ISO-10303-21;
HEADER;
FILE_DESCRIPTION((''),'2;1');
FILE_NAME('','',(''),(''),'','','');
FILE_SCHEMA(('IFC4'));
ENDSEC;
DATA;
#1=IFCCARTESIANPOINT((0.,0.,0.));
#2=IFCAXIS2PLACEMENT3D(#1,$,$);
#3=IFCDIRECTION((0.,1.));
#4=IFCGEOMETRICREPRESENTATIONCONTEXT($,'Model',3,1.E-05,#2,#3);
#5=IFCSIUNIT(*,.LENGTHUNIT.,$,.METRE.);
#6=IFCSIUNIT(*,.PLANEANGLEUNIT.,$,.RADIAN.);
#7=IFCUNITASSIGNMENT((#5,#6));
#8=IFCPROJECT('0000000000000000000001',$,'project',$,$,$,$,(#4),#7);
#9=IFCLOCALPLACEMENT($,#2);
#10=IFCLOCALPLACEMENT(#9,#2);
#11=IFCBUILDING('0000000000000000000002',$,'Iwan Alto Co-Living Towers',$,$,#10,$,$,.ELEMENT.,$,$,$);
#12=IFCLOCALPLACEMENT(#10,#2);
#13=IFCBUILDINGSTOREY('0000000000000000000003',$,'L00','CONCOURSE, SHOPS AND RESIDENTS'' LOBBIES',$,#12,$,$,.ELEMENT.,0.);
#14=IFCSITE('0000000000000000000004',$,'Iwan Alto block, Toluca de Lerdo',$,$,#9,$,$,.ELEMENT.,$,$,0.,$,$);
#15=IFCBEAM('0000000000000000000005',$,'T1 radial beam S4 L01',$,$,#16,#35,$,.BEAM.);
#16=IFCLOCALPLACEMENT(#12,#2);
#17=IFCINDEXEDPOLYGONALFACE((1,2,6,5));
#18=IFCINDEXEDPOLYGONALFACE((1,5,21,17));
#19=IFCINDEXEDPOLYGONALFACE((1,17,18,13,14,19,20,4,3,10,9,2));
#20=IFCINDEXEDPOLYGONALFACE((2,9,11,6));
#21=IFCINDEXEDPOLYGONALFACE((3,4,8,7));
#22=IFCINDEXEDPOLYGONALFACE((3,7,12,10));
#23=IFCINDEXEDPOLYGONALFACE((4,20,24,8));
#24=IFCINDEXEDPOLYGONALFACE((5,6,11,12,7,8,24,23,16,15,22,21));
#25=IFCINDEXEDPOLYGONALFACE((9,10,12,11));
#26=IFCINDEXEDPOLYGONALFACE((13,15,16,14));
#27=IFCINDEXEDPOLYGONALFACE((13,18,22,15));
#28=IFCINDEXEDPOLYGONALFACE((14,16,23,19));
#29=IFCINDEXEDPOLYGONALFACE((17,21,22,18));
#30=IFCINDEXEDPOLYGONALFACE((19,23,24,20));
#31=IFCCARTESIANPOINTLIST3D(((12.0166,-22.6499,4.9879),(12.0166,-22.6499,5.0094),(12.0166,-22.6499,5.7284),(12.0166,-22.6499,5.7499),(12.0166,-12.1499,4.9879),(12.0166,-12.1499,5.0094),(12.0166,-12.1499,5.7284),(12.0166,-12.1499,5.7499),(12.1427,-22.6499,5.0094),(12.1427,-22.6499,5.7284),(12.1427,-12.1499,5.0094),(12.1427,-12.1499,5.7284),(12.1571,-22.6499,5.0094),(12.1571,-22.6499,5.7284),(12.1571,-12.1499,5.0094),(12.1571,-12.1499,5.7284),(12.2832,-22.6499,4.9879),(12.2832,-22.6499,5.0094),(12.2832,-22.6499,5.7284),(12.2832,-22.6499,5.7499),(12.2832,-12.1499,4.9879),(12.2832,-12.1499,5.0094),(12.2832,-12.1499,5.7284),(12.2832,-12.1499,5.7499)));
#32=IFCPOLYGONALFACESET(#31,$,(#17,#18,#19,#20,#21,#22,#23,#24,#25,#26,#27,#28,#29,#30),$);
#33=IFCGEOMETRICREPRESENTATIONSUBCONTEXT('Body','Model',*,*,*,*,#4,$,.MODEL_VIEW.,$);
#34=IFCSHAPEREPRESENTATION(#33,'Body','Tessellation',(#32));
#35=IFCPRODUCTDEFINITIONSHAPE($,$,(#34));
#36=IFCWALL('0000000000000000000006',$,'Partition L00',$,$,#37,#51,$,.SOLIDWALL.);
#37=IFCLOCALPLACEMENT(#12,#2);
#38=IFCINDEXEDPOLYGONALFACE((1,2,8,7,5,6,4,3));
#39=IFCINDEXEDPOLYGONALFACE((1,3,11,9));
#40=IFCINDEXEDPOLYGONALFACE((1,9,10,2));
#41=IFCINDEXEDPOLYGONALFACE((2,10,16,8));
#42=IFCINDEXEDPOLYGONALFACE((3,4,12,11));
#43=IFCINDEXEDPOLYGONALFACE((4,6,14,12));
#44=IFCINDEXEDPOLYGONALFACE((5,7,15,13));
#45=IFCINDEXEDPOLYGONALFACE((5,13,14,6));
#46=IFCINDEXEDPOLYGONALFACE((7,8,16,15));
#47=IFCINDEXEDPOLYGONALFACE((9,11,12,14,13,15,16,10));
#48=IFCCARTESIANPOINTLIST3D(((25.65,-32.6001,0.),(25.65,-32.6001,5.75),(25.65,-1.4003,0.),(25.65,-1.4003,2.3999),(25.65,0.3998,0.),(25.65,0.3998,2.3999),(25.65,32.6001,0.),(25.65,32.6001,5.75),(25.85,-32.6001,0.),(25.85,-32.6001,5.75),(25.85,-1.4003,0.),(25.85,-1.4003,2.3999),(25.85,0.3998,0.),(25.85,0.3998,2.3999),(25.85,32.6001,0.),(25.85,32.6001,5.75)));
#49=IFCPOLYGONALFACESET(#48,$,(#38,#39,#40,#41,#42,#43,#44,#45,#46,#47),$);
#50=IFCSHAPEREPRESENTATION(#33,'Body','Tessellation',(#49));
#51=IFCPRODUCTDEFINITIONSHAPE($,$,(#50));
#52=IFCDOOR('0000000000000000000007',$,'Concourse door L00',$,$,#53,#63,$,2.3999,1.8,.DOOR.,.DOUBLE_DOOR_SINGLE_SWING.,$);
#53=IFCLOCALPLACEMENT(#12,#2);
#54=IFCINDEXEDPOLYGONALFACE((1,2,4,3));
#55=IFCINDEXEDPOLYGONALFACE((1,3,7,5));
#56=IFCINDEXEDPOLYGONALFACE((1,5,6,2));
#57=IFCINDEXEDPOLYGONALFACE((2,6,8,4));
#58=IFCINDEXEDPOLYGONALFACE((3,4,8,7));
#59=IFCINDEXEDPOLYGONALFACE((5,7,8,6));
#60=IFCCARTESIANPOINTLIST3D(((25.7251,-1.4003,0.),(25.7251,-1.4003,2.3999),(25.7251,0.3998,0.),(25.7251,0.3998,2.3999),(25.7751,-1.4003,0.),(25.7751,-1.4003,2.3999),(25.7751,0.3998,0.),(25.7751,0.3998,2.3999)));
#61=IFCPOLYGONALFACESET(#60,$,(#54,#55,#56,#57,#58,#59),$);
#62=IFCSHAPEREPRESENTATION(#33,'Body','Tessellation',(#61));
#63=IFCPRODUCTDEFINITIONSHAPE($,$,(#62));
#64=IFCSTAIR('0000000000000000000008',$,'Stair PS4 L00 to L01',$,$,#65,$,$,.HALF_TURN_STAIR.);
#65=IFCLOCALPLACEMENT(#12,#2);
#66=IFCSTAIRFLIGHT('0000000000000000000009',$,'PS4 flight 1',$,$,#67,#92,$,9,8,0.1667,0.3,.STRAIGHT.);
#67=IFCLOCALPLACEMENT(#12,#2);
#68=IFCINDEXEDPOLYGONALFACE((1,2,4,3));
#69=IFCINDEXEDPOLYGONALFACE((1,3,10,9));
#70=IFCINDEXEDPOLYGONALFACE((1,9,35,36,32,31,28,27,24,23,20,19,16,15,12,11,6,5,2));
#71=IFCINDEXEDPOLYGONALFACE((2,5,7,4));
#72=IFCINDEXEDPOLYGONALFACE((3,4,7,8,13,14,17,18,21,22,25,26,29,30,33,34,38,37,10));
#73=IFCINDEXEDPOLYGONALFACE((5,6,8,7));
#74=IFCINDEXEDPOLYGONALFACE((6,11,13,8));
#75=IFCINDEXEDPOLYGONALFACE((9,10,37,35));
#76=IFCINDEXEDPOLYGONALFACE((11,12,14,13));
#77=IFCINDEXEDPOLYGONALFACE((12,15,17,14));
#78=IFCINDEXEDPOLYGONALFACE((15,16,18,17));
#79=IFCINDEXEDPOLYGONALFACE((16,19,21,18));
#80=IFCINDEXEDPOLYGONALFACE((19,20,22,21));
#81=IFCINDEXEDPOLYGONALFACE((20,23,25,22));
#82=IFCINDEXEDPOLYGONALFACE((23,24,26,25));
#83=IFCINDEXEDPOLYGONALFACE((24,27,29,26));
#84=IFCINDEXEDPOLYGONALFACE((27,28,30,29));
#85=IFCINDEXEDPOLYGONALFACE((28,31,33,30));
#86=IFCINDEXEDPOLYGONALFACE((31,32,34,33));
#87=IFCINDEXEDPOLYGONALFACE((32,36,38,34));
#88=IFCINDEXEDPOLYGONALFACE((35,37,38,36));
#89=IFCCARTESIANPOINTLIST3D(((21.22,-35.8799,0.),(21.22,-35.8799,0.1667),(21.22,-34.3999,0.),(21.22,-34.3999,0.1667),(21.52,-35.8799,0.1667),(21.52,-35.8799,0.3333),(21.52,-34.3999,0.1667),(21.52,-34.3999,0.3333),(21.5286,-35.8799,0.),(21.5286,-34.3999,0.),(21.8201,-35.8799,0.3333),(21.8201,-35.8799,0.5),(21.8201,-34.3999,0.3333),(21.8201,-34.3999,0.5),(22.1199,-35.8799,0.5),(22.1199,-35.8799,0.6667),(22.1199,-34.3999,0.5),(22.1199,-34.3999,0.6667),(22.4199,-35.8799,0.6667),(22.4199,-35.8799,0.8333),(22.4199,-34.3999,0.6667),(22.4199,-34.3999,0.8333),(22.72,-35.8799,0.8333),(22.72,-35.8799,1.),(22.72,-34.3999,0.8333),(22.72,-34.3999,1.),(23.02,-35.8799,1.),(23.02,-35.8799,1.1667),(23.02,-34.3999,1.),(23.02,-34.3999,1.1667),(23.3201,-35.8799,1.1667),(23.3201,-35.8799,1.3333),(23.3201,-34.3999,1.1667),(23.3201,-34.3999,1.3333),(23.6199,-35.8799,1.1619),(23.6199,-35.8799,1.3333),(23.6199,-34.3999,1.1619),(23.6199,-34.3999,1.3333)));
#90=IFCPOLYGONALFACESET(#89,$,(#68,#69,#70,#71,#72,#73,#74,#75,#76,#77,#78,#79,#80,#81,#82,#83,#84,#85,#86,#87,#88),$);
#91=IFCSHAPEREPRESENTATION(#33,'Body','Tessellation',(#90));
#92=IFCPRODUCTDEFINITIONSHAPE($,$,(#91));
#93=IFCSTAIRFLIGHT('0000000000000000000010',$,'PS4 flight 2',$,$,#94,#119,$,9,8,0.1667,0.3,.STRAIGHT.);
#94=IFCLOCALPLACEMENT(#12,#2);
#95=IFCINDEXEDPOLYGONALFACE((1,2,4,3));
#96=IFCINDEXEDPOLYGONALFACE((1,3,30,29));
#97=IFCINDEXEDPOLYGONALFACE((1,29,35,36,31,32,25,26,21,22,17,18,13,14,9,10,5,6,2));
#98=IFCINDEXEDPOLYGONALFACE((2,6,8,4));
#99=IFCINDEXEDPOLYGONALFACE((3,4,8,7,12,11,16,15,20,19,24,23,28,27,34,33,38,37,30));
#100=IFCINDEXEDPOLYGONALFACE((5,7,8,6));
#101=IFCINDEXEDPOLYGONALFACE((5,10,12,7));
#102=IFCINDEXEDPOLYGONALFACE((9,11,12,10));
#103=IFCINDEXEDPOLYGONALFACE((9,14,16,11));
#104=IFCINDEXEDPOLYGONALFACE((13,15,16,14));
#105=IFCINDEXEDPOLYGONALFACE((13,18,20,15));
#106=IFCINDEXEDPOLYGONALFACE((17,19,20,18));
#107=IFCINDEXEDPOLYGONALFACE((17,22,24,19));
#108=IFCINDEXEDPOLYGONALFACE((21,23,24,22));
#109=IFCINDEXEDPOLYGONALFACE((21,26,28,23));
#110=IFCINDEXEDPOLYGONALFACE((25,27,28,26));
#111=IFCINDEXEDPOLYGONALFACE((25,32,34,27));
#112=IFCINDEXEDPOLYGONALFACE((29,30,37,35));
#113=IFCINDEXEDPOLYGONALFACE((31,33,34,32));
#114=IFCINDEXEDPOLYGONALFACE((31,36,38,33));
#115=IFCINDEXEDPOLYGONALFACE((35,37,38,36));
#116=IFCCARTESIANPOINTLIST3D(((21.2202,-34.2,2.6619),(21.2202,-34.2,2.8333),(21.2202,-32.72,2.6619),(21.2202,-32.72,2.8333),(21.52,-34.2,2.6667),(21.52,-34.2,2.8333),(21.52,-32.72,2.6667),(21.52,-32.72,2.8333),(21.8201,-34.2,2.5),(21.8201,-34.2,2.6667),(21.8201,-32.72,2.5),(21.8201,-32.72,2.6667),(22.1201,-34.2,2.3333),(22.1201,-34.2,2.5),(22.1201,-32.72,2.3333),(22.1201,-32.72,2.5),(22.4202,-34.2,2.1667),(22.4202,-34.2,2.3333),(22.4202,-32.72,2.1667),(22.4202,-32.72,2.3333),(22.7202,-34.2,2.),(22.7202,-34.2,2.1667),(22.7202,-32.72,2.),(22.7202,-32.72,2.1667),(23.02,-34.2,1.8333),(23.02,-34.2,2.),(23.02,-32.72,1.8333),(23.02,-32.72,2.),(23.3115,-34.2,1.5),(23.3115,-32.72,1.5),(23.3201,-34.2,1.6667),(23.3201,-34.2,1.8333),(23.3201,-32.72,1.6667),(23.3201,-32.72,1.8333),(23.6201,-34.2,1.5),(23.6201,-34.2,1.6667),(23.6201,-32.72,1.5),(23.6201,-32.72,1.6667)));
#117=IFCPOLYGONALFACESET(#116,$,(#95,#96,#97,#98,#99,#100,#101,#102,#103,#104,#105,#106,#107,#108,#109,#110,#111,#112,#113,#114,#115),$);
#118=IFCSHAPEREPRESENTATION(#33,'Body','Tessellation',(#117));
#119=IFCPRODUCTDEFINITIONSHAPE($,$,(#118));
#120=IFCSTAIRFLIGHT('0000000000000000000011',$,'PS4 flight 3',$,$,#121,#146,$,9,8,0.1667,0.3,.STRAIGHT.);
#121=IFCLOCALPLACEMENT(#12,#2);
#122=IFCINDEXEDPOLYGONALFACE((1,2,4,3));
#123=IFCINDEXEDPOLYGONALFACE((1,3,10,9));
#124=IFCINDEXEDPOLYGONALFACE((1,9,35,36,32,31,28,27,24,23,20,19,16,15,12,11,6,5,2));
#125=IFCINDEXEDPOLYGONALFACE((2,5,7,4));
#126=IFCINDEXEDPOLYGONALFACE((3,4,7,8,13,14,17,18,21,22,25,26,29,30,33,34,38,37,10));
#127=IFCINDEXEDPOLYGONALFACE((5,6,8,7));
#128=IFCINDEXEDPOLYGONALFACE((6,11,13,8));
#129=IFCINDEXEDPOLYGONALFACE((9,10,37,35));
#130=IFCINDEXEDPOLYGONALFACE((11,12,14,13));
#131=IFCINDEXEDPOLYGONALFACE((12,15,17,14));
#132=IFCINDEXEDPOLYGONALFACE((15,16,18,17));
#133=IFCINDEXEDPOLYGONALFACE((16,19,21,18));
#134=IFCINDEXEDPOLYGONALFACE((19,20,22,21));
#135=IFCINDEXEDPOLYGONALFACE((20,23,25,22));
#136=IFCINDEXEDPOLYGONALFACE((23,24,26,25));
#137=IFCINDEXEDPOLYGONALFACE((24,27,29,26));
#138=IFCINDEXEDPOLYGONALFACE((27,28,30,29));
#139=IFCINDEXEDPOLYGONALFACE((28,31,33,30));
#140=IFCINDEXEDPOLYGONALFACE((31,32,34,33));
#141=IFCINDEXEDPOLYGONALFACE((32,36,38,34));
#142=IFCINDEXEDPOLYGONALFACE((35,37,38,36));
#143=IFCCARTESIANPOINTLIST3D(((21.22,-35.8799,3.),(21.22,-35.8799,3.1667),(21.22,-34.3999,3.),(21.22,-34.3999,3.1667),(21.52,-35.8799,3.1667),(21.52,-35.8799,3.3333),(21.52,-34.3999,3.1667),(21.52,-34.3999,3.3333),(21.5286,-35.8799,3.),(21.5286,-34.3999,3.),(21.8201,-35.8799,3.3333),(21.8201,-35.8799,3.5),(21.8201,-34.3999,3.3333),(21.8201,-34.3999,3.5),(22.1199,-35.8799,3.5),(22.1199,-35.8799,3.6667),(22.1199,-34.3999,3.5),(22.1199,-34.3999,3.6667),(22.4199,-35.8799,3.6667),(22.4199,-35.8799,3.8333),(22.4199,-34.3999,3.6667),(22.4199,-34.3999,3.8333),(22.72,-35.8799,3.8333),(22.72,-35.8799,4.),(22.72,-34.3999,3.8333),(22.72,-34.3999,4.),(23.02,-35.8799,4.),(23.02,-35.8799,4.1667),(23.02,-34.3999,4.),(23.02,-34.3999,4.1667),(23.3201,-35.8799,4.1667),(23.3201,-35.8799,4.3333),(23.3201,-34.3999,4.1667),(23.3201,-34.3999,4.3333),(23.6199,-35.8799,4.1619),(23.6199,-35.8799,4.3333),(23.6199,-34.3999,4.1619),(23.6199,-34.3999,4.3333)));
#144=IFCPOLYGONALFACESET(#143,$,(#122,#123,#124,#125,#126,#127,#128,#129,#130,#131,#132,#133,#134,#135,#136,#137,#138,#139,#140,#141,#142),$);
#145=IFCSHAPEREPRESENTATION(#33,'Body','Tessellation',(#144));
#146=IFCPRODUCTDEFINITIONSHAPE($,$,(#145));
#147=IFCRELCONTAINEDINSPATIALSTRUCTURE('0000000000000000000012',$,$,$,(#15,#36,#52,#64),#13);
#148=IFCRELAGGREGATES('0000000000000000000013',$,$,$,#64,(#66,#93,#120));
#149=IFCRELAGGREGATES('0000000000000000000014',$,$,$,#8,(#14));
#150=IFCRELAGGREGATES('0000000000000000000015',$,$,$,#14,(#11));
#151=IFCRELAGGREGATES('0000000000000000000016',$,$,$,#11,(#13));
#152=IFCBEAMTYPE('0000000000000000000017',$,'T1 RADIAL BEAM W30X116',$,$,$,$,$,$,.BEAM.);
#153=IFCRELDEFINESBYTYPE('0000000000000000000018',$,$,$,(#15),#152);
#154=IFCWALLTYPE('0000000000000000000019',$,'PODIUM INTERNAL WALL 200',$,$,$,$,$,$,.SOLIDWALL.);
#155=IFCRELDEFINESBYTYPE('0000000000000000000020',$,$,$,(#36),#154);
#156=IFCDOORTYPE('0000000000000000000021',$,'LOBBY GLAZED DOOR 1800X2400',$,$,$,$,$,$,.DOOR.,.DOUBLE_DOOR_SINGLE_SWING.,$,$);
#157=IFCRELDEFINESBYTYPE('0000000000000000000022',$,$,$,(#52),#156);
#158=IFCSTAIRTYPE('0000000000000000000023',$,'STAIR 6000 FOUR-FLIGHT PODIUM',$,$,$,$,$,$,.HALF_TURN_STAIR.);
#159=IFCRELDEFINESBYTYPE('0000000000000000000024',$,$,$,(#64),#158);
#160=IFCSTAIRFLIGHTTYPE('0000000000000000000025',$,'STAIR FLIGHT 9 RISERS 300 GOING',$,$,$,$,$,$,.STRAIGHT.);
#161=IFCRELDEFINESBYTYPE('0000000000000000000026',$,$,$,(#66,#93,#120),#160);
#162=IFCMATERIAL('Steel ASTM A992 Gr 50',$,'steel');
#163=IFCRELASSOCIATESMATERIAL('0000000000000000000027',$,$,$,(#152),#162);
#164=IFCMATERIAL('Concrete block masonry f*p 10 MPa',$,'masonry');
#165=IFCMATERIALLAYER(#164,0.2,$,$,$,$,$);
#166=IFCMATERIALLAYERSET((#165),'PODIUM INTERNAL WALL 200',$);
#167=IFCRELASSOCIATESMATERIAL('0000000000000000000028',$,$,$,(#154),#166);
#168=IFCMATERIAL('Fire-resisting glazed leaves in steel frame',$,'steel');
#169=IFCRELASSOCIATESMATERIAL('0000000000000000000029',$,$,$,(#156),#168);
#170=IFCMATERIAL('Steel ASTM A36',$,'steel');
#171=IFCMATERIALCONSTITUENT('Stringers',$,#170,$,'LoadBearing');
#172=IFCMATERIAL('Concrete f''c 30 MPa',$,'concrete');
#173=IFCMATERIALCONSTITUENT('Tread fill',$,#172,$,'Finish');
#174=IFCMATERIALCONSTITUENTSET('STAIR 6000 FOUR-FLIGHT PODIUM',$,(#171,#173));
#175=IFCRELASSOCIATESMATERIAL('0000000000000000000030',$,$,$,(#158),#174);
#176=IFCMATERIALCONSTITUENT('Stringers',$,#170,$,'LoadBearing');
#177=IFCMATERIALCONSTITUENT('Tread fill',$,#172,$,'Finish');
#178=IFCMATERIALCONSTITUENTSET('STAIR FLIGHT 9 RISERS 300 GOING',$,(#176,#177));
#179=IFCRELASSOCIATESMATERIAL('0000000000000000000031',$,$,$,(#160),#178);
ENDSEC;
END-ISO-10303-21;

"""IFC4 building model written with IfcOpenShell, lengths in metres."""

from ifc_helpers import new_model, si_unit, direction, frame, frame_2d, origin, origin_2d, place, context, subcontext, project, spatial, polyline, rectangle, i_section, outline, extrude, material, layer, layer_set, constituent, constituent_set, material_profile, profile_set, type_object, element, fill, aggregate, save


model = new_model("IFC4")

# Units and contexts
model_context = context("Model", 3, precision=1e-05, world=origin(), true_north=direction((0.0, 1.0)))
body_context = subcontext(model_context, "Body", "Model", "MODEL_VIEW")
ifc_project = project(units=[si_unit("LENGTHUNIT", "METRE"), si_unit("PLANEANGLEUNIT", "RADIAN")], contexts=[model_context])

# Site, building, storey
site_placement = place(None, origin())
site = spatial("IfcSite", under=ifc_project, at=site_placement, Name="Iwan Alto block, Toluca de Lerdo", CompositionType="ELEMENT", RefElevation=0.0)
building_placement = place(site_placement, origin())
building = spatial("IfcBuilding", under=site, at=building_placement, Name="Iwan Alto Co-Living Towers", CompositionType="ELEMENT")
storey_placement = place(building_placement, origin())
storey = spatial("IfcBuildingStorey", under=building, at=storey_placement, Name="L00", Description="CONCOURSE, SHOPS AND RESIDENTS' LOBBIES", CompositionType="ELEMENT", Elevation=0.0)

# Beam
ifc_material_1 = material(Name="Steel ASTM A992 Gr 50", Category="steel")
ifc_material_profile_1 = material_profile(ifc_material_1, i_section(OverallWidth=0.2666, OverallDepth=0.762, WebThickness=0.0144, FlangeThickness=0.0215, at=origin_2d()), Name="W30X116")
ifc_profile_set_1 = profile_set([ifc_material_profile_1], Name="Steel ASTM A992 Gr 50")
beam_type_1 = type_object("IfcBeamType", Name="T1 RADIAL BEAM W30X116", PredefinedType="BEAM", material=ifc_profile_set_1)
beam_1_placement = place(storey_placement, frame((12.1499, -22.6499, 5.3689), z_axis=(0.0, 1.0, 0.0), x_axis=(-1.0, 0.0, 0.0)))
element("IfcBeam", 1, at=beam_1_placement, inside=storey, type_object=beam_type_1, Name="T1 radial beam S4 L01", PredefinedType="BEAM", context=body_context, shape_type="SweptSolid", body=[
    extrude(i_section(OverallWidth=0.2666, OverallDepth=0.762, WebThickness=0.0144, FlangeThickness=0.0215, at=origin_2d()), origin(), (0.0, 0.0, 1.0), 10.5),
])

# Wall, opening, door
ifc_material_2 = material(Name="Concrete block masonry f*p 10 MPa", Category="masonry")
ifc_layer = layer(ifc_material_2, 0.2)
ifc_layer_set = layer_set([ifc_layer], Name="PODIUM INTERNAL WALL 200")
wall_type = type_object("IfcWallType", Name="PODIUM INTERNAL WALL 200", PredefinedType="SOLIDWALL", material=ifc_layer_set)
wall_placement = place(storey_placement, frame((25.75, -32.6001, 0.0), z_axis=(0.0, 0.0, 1.0), x_axis=(0.0, 1.0, 0.0)))
wall = element("IfcWall", 2, at=wall_placement, inside=storey, type_object=wall_type, Name="Partition L00", PredefinedType="SOLIDWALL", context=body_context, shape_type="SweptSolid", body=[
    extrude(rectangle(XDim=65.2002, YDim=0.2, at=frame_2d((32.6001, 0.0))), origin(), (0.0, 0.0, 1.0), 5.75),
])
opening_placement = place(wall_placement, frame((31.2, 0.0, 0.0)))
opening = element("IfcOpeningElement", 3, at=opening_placement, cuts=wall, PredefinedType="OPENING", context=body_context, shape_type="SweptSolid", body=[
    extrude(rectangle(XDim=1.8, YDim=2.3999, at=frame_2d((0.8999, 1.2))), frame((0.0, 0.1099, 0.0), z_axis=(0.0, -1.0, 0.0), x_axis=(1.0, 0.0, 0.0)), (0.0, 0.0, 1.0), 0.22),
])
ifc_material_3 = material(Name="Fire-resisting glazed leaves in steel frame", Category="steel")
door_type = type_object("IfcDoorType", Name="LOBBY GLAZED DOOR 1800X2400", OperationType="DOUBLE_DOOR_SINGLE_SWING", PredefinedType="DOOR", material=ifc_material_3)
door_placement = place(opening_placement, origin())
door = element("IfcDoor", 4, at=door_placement, inside=storey, type_object=door_type, Name="Concourse door L00", OperationType="DOUBLE_DOOR_SINGLE_SWING", OverallHeight=2.3999, OverallWidth=1.8, PredefinedType="DOOR", context=body_context, shape_type="SweptSolid", body=[
    extrude(rectangle(XDim=1.8, YDim=2.3999, at=frame_2d((0.8999, 1.2))), frame((0.0, 0.0249, 0.0), z_axis=(0.0, -1.0, 0.0), x_axis=(1.0, 0.0, 0.0)), (0.0, 0.0, 1.0), 0.05),
])
fill(opening, door)

# Stair, stair flights
ifc_material_4 = material(Name="Steel ASTM A36", Category="steel")
ifc_constituent_1 = constituent(ifc_material_4, Name="Stringers", Category="LoadBearing")
ifc_material_5 = material(Name="Concrete f'c 30 MPa", Category="concrete")
ifc_constituent_2 = constituent(ifc_material_5, Name="Tread fill", Category="Finish")
ifc_constituent_set_1 = constituent_set(constituents=[ifc_constituent_1, ifc_constituent_2], Name="STAIR 6000 FOUR-FLIGHT PODIUM")
stair_type = type_object("IfcStairType", Name="STAIR 6000 FOUR-FLIGHT PODIUM", PredefinedType="HALF_TURN_STAIR", material=ifc_constituent_set_1)
stair_placement = place(storey_placement, origin())
stair = element("IfcStair", 5, at=stair_placement, inside=storey, type_object=stair_type, Name="Stair PS4 L00 to L01", PredefinedType="HALF_TURN_STAIR")
ifc_constituent_3 = constituent(ifc_material_4, Name="Stringers", Category="LoadBearing")
ifc_constituent_4 = constituent(ifc_material_5, Name="Tread fill", Category="Finish")
ifc_constituent_set_2 = constituent_set(constituents=[ifc_constituent_3, ifc_constituent_4], Name="STAIR FLIGHT 9 RISERS 300 GOING")
stair_flight_type = type_object("IfcStairFlightType", Name="STAIR FLIGHT 9 RISERS 300 GOING", PredefinedType="STRAIGHT", material=ifc_constituent_set_2)
stair_flight_1_placement = place(storey_placement, frame((21.22, -35.1399, 0.0), z_axis=(0.0, 0.0, 1.0), x_axis=(1.0, 0.0, 0.0)))
stair_flight_1 = element("IfcStairFlight", 6, at=stair_flight_1_placement, type_object=stair_flight_type, Name="PS4 flight 1", NumberOfRisers=9, NumberOfTreads=8, PredefinedType="STRAIGHT", RiserHeight=0.1667, TreadLength=0.3, context=body_context, shape_type="SweptSolid", body=[
    extrude(outline(polyline([(0.0, 0.0), (0.0, 0.1667), (0.3, 0.1667), (0.3, 0.3333), (0.6001, 0.3333), (0.6001, 0.5), (0.8999, 0.5), (0.8999, 0.6667), (1.2, 0.6667), (1.2, 0.8333), (1.5, 0.8333), (1.5, 1.0), (1.8, 1.0), (1.8, 1.1667), (2.1001, 1.1667), (2.1001, 1.3333), (2.3999, 1.3333), (2.3999, 1.5), (2.3999, 1.1619), (0.3086, 0.0), (0.0, 0.0)])), frame((0.0, 0.74, 0.0), z_axis=(0.0, -1.0, 0.0), x_axis=(1.0, 0.0, 0.0)), (0.0, 0.0, 1.0), 1.48),
])
stair_flight_2_placement = place(storey_placement, frame((23.6201, -33.46, 1.5), z_axis=(0.0, 0.0, 1.0), x_axis=(-1.0, 0.0, 0.0)))
stair_flight_2 = element("IfcStairFlight", 7, at=stair_flight_2_placement, type_object=stair_flight_type, Name="PS4 flight 2", NumberOfRisers=9, NumberOfTreads=8, PredefinedType="STRAIGHT", RiserHeight=0.1667, TreadLength=0.3, context=body_context, shape_type="SweptSolid", body=[
    extrude(outline(polyline([(0.0, 0.0), (0.0, 0.1667), (0.3, 0.1667), (0.3, 0.3333), (0.6001, 0.3333), (0.6001, 0.5), (0.8999, 0.5), (0.8999, 0.6667), (1.2, 0.6667), (1.2, 0.8333), (1.5, 0.8333), (1.5, 1.0), (1.8, 1.0), (1.8, 1.1667), (2.1001, 1.1667), (2.1001, 1.3333), (2.3999, 1.3333), (2.3999, 1.5), (2.3999, 1.1619), (0.3086, 0.0), (0.0, 0.0)])), frame((0.0, 0.74, 0.0), z_axis=(0.0, -1.0, 0.0), x_axis=(1.0, 0.0, 0.0)), (0.0, 0.0, 1.0), 1.48),
])
stair_flight_3_placement = place(storey_placement, frame((21.22, -35.1399, 3.0), z_axis=(0.0, 0.0, 1.0), x_axis=(1.0, 0.0, 0.0)))
stair_flight_3 = element("IfcStairFlight", 8, at=stair_flight_3_placement, type_object=stair_flight_type, Name="PS4 flight 3", NumberOfRisers=9, NumberOfTreads=8, PredefinedType="STRAIGHT", RiserHeight=0.1667, TreadLength=0.3, context=body_context, shape_type="SweptSolid", body=[
    extrude(outline(polyline([(0.0, 0.0), (0.0, 0.1667), (0.3, 0.1667), (0.3, 0.3333), (0.6001, 0.3333), (0.6001, 0.5), (0.8999, 0.5), (0.8999, 0.6667), (1.2, 0.6667), (1.2, 0.8333), (1.5, 0.8333), (1.5, 1.0), (1.8, 1.0), (1.8, 1.1667), (2.1001, 1.1667), (2.1001, 1.3333), (2.3999, 1.3333), (2.3999, 1.5), (2.3999, 1.1619), (0.3086, 0.0), (0.0, 0.0)])), frame((0.0, 0.74, 0.0), z_axis=(0.0, -1.0, 0.0), x_axis=(1.0, 0.0, 0.0)), (0.0, 0.0, 1.0), 1.48),
])
aggregate(stair, [stair_flight_1, stair_flight_2, stair_flight_3])

save(model, "model.ifc")
